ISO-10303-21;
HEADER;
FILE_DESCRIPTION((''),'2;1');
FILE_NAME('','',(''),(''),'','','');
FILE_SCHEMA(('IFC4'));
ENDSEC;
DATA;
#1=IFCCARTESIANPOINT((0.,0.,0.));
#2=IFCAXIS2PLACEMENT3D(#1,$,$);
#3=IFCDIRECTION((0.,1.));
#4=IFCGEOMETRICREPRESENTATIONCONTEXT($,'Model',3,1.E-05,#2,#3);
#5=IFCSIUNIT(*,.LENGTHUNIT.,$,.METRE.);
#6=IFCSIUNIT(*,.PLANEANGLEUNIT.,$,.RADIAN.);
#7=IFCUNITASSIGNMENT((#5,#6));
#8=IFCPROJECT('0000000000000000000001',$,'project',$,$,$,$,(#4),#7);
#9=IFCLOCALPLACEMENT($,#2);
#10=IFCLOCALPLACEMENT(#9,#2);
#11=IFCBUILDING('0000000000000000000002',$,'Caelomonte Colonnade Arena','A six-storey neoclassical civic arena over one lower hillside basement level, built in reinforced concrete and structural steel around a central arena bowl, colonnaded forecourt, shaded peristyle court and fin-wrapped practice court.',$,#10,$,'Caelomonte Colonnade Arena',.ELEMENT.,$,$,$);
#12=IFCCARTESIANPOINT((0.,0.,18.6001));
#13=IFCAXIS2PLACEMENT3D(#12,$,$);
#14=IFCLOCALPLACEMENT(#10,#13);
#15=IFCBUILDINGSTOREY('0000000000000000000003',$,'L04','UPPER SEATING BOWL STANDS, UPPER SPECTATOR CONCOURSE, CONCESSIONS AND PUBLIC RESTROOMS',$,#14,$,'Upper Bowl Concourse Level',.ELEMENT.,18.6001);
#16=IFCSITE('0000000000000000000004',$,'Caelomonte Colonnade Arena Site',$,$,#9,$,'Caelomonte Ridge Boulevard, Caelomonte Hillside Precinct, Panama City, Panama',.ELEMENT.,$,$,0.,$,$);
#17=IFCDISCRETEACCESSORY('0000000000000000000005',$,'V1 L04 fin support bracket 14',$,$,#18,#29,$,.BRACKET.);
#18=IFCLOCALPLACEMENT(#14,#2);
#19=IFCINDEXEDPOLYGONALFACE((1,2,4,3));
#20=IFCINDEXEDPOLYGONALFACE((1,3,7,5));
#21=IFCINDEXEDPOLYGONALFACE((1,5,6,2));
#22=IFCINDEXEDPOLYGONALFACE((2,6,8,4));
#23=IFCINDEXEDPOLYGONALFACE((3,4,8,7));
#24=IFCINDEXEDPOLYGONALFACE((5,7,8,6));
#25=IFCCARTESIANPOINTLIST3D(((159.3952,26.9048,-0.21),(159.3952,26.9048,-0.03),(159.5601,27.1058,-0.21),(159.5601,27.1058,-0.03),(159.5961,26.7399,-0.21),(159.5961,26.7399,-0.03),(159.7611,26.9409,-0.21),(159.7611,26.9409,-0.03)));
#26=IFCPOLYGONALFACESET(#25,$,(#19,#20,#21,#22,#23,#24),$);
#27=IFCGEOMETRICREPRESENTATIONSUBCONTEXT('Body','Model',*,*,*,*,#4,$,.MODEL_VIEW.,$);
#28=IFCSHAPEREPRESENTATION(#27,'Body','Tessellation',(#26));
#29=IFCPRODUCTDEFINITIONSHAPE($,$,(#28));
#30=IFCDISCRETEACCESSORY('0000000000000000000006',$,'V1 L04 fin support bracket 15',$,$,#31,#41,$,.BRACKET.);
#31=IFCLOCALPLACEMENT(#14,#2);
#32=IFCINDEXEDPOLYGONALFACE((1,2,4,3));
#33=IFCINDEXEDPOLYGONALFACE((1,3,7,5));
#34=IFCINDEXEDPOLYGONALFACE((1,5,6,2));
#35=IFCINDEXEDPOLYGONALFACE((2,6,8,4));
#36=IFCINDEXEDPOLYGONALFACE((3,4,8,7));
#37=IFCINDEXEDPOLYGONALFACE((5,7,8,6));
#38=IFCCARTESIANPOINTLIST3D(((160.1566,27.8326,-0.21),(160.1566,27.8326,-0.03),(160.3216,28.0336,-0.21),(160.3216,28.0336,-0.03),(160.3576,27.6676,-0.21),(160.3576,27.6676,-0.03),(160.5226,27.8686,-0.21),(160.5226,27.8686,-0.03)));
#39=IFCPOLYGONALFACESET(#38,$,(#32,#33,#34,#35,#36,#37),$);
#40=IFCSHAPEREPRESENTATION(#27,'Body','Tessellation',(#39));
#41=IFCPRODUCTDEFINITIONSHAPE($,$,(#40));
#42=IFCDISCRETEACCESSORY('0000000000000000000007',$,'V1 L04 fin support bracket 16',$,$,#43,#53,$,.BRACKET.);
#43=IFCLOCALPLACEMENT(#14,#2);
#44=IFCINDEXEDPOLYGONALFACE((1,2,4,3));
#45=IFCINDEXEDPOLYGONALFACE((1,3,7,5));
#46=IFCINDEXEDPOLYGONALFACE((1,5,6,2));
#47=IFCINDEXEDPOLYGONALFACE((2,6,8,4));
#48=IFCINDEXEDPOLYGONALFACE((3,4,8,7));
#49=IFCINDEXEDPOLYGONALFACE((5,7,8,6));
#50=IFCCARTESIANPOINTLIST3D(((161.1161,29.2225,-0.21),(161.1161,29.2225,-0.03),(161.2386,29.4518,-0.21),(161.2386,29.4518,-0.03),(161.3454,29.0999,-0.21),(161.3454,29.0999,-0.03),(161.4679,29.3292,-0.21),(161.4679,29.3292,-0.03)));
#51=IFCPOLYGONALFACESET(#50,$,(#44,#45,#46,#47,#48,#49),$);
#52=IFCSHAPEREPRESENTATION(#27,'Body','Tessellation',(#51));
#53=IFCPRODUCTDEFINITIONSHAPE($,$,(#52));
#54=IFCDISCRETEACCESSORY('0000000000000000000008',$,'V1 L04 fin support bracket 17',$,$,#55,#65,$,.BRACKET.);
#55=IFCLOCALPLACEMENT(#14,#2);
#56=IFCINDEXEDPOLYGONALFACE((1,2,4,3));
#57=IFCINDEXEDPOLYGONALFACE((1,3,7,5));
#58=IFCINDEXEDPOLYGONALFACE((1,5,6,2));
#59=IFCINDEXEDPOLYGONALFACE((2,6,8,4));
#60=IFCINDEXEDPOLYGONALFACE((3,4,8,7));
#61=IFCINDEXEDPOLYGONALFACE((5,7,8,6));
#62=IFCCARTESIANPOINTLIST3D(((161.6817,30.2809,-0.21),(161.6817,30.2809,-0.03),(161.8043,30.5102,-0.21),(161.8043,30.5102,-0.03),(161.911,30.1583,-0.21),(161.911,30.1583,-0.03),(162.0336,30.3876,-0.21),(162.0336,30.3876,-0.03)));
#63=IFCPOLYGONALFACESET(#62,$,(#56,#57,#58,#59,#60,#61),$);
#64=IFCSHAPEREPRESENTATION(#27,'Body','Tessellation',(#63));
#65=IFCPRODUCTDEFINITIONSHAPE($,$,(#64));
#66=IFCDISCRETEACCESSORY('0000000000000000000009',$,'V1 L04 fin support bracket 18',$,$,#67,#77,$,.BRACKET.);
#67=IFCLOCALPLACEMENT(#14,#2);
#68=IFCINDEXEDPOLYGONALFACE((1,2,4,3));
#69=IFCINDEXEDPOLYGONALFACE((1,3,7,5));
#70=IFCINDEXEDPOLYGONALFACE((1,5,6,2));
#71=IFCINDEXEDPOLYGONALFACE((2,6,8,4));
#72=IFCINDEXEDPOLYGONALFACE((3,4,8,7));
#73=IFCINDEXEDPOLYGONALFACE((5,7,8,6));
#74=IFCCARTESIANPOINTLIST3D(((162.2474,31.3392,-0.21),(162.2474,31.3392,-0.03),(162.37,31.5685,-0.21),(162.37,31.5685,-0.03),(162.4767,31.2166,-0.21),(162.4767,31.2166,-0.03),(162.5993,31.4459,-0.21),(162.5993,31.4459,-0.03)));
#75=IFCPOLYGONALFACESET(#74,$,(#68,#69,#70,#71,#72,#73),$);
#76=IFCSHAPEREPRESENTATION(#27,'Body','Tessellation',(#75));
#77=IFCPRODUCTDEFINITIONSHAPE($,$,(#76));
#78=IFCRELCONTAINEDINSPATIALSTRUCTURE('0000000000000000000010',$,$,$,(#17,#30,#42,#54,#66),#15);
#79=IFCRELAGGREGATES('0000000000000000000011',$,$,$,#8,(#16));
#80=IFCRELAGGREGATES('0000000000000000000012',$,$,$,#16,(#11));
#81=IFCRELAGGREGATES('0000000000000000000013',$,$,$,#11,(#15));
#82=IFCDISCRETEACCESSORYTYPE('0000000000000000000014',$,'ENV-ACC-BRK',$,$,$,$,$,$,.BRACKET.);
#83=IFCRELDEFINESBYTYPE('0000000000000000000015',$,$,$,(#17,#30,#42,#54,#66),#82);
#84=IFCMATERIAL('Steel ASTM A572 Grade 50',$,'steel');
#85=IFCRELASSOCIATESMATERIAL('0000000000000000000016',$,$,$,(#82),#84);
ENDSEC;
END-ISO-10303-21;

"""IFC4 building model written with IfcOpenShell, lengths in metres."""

from ifc_helpers import new_model, si_unit, direction, frame, origin, origin_2d, place, context, subcontext, project, spatial, rectangle, extrude, material, type_object, element, save


model = new_model("IFC4")

# Units and contexts
model_context = context("Model", 3, precision=1e-05, world=origin(), true_north=direction((0.0, 1.0)))
body_context = subcontext(model_context, "Body", "Model", "MODEL_VIEW")
ifc_project = project(units=[si_unit("LENGTHUNIT", "METRE"), si_unit("PLANEANGLEUNIT", "RADIAN")], contexts=[model_context])

# Site, building, storey
site_placement = place(None, origin())
site = spatial("IfcSite", under=ifc_project, at=site_placement, Name="Caelomonte Colonnade Arena Site", LongName="Caelomonte Ridge Boulevard, Caelomonte Hillside Precinct, Panama City, Panama", CompositionType="ELEMENT", RefElevation=0.0)
building_placement = place(site_placement, origin())
building = spatial("IfcBuilding", under=site, at=building_placement, Name="Caelomonte Colonnade Arena", Description="A six-storey neoclassical civic arena over one lower hillside basement level, built in reinforced concrete and structural steel around a central arena bowl, colonnaded forecourt, shaded peristyle court and fin-wrapped practice court.", LongName="Caelomonte Colonnade Arena", CompositionType="ELEMENT")
storey_placement = place(building_placement, frame((0.0, 0.0, 18.6001)))
storey = spatial("IfcBuildingStorey", under=building, at=storey_placement, Name="L04", Description="UPPER SEATING BOWL STANDS, UPPER SPECTATOR CONCOURSE, CONCESSIONS AND PUBLIC RESTROOMS", LongName="Upper Bowl Concourse Level", CompositionType="ELEMENT", Elevation=18.6001)

# Discrete accessories
ifc_material_1 = material(Name="Steel ASTM A572 Grade 50", Category="steel")
discrete_accessory_type = type_object("IfcDiscreteAccessoryType", Name="ENV-ACC-BRK", PredefinedType="BRACKET", material=ifc_material_1)
for number, where, z_axis, x_axis, name in (
    (1, (159.5781, 26.9229, -0.21), (0.0, 0.0, 1.0), (0.634414, 0.772994, 0.0), "V1 L04 fin support bracket 14"),
    (2, (160.3396, 27.8506, -0.21), (0.0, 0.0, 1.0), (0.634414, 0.772994, 0.0), "V1 L04 fin support bracket 15"),
    (3, (161.292, 29.2759, -0.21), (0.0, 0.0, 1.0), (0.471397, 0.881921, 0.0), "V1 L04 fin support bracket 16"),
    (4, (161.8577, 30.3342, -0.21), (0.0, 0.0, 1.0), (0.471397, 0.881921, 0.0), "V1 L04 fin support bracket 17"),
    (5, (162.4233, 31.3926, -0.21), (0.0, 0.0, 1.0), (0.471397, 0.881921, 0.0), "V1 L04 fin support bracket 18"),
):
    element("IfcDiscreteAccessory", number, at=place(storey_placement, frame(where, z_axis=z_axis, x_axis=x_axis)), inside=storey, type_object=discrete_accessory_type, Name=name, PredefinedType="BRACKET", context=body_context, shape_type="SweptSolid", body=[
        extrude(rectangle(XDim=0.26, YDim=0.26, at=origin_2d()), origin(), (0.0, 0.0, 1.0), 0.1799),
    ])

save(model, "model.ifc")
